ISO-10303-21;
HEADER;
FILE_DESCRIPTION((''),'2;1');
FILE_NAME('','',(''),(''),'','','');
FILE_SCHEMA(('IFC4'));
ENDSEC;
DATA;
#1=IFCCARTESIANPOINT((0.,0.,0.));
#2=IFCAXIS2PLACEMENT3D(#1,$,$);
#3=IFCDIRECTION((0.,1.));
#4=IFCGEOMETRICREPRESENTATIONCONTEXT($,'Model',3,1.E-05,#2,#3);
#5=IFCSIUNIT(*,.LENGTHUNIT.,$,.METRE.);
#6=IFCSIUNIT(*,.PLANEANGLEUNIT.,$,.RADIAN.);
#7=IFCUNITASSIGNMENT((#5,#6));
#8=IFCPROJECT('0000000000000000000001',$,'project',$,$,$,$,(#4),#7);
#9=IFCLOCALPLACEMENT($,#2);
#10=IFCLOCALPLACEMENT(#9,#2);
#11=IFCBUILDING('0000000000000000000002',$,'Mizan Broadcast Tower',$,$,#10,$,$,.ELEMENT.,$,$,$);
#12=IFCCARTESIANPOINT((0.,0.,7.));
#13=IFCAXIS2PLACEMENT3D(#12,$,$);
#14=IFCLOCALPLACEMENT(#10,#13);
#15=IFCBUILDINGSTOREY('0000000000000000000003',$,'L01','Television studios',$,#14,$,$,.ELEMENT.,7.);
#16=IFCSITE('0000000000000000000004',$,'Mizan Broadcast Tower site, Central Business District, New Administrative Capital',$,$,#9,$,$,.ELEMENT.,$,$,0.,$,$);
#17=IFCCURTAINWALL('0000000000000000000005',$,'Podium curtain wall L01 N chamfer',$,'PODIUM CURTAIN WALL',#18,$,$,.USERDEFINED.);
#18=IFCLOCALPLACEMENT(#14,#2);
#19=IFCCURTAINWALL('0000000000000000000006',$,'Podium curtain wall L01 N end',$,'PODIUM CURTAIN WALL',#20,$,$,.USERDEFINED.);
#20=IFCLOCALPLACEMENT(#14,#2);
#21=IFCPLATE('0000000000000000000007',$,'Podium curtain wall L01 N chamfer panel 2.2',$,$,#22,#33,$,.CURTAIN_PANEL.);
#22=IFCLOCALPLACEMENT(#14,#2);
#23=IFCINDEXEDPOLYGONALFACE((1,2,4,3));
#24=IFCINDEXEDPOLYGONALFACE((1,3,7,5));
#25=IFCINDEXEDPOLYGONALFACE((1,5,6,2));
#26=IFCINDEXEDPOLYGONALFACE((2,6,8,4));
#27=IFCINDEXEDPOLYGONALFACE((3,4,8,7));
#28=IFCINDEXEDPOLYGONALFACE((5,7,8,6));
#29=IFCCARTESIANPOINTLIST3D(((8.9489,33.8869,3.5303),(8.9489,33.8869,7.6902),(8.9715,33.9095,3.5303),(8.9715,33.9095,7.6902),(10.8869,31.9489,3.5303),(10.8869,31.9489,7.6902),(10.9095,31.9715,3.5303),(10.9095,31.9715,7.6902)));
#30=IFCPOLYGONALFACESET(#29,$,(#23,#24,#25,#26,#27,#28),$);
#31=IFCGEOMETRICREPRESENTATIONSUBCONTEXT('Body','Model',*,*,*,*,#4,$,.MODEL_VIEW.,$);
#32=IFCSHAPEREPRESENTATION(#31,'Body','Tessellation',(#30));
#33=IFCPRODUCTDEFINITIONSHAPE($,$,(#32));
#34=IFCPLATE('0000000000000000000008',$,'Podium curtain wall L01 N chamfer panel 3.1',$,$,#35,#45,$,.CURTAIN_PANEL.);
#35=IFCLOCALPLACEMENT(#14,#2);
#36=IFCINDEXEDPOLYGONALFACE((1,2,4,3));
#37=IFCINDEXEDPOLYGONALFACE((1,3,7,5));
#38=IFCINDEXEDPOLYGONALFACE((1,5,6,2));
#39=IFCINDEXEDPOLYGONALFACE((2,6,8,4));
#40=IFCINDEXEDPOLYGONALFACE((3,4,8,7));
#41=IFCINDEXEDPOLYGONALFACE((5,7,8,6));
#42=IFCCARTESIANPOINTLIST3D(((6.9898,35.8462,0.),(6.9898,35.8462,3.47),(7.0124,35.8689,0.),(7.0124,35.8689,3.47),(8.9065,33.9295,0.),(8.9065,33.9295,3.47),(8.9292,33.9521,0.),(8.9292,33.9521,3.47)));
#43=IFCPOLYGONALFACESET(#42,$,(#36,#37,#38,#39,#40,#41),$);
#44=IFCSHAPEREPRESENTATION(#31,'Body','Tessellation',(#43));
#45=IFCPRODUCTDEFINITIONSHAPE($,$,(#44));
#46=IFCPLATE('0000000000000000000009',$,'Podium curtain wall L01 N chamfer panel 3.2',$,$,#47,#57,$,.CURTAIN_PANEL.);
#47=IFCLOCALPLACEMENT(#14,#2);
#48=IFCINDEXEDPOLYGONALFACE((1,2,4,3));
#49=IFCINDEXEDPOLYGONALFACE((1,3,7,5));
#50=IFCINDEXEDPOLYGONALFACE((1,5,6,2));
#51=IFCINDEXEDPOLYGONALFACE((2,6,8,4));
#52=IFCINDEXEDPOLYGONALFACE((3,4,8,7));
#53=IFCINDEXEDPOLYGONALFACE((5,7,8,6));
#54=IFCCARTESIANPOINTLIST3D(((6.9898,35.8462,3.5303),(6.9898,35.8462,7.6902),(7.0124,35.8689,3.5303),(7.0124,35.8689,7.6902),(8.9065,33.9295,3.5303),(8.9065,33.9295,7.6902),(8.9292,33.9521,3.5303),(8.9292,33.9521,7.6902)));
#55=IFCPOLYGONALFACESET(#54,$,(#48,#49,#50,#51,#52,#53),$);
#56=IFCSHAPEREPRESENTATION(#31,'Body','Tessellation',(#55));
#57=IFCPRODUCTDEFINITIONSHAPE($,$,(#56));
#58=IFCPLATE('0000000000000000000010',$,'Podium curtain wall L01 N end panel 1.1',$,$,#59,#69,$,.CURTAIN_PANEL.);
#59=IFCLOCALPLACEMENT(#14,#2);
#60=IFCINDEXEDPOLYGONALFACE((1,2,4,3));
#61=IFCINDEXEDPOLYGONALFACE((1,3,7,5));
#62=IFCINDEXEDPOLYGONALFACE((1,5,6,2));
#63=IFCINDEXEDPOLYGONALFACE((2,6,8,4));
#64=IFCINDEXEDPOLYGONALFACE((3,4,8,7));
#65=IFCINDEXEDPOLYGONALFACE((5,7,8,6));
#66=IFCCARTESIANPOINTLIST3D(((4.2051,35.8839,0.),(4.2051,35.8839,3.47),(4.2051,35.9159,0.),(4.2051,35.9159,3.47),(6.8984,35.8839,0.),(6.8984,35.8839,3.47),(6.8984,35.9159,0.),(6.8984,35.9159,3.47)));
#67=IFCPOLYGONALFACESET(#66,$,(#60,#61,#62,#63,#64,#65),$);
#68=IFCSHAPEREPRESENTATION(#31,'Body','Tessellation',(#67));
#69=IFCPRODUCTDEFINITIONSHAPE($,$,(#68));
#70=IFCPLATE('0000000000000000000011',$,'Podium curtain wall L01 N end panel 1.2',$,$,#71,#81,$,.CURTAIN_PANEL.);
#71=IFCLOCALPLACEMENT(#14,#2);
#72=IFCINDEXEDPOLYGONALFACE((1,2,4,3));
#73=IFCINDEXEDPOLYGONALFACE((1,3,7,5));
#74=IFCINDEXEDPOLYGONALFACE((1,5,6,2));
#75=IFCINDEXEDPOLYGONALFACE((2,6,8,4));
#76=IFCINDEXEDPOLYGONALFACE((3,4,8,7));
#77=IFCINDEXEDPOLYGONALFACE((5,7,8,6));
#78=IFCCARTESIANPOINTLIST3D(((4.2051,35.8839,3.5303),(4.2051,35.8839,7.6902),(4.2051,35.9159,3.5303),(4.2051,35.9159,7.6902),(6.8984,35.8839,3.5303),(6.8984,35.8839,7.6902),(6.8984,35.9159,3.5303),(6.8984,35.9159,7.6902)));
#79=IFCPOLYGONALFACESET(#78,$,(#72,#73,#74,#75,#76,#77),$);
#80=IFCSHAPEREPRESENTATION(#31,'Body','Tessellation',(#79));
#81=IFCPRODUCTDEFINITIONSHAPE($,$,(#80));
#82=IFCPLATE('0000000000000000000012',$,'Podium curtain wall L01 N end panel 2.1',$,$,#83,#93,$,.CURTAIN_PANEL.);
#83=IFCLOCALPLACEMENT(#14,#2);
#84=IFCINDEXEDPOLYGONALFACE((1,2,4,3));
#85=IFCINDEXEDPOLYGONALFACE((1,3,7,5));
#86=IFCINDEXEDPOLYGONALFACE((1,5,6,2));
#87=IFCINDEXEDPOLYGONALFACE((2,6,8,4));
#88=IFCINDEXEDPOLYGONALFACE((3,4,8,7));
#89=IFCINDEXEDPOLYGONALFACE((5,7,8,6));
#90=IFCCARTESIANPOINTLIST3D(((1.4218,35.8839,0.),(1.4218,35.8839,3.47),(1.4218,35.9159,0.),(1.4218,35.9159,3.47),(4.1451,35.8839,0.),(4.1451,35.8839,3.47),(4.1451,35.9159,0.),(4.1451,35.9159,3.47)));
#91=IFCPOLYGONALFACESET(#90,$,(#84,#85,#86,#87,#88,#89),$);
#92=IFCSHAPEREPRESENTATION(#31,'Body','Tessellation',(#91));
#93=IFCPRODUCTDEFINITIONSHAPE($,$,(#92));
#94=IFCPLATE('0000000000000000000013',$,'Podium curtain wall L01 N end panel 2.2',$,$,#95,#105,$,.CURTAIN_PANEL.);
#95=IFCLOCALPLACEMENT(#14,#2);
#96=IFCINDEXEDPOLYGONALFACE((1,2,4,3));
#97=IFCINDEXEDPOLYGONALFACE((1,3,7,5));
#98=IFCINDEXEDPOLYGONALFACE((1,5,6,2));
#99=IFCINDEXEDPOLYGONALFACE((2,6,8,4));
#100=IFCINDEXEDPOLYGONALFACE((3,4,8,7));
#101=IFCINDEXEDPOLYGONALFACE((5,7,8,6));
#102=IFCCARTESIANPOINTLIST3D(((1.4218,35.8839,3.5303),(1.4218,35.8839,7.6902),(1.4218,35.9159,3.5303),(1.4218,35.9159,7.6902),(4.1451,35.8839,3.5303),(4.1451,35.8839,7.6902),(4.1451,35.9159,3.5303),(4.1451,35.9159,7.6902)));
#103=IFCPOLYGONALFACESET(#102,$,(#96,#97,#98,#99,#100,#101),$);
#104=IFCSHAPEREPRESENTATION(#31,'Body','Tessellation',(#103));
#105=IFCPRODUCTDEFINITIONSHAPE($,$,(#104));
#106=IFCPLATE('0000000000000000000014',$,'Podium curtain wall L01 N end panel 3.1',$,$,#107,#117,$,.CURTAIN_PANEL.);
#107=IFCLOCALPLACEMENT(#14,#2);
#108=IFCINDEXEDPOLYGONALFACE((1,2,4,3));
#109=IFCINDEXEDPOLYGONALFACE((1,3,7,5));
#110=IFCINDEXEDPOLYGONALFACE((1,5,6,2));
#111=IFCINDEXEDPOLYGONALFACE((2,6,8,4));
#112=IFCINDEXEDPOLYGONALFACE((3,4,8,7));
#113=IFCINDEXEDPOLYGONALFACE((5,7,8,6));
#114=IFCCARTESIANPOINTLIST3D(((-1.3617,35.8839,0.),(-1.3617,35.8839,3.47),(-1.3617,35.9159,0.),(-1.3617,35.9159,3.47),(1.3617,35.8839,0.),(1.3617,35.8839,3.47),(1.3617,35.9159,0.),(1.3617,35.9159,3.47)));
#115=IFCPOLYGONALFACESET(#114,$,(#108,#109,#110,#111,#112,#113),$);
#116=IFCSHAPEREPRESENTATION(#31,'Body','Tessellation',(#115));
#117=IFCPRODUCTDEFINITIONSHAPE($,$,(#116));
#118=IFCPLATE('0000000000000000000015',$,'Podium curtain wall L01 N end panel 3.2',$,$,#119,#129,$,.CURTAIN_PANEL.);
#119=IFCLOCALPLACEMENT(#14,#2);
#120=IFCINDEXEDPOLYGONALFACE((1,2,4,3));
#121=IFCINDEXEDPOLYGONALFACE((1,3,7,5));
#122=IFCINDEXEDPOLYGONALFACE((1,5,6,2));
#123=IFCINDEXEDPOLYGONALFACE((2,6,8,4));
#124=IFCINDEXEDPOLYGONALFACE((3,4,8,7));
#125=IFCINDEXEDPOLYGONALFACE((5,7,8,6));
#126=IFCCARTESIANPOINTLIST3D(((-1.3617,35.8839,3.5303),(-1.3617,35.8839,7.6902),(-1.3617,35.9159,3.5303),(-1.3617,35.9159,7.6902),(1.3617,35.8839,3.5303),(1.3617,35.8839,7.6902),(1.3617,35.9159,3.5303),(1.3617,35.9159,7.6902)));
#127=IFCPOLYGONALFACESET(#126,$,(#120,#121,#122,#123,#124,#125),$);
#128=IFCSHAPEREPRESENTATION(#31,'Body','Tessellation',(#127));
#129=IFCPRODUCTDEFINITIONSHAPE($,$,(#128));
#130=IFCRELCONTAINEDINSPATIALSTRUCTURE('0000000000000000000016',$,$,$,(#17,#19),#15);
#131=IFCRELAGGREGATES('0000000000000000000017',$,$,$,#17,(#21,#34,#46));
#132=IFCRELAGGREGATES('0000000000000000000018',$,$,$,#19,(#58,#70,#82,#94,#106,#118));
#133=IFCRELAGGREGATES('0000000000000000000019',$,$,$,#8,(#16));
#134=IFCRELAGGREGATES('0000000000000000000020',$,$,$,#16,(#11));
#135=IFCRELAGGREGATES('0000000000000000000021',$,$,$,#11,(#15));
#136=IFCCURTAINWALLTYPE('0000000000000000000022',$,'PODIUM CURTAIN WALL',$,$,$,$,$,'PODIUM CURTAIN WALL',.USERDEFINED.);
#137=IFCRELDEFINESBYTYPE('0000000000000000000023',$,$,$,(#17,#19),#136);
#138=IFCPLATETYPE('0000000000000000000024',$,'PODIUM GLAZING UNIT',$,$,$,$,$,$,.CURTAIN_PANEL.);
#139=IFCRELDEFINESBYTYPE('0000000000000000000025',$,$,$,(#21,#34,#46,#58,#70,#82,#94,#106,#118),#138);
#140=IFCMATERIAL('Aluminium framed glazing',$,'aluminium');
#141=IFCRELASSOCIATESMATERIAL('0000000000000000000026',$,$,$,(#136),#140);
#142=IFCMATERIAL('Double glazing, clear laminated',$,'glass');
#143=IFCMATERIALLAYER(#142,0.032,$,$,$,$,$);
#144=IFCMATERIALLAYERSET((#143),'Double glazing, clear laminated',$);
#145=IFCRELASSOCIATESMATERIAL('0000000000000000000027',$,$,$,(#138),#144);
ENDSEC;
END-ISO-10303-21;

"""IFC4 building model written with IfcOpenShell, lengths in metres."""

from ifc_helpers import new_model, si_unit, direction, frame, origin, origin_2d, place, context, subcontext, project, spatial, rectangle, extrude, material, layer, layer_set, type_object, element, aggregate, save


model = new_model("IFC4")

# Units and contexts
model_context = context("Model", 3, precision=1e-05, world=origin(), true_north=direction((0.0, 1.0)))
body_context = subcontext(model_context, "Body", "Model", "MODEL_VIEW")
ifc_project = project(units=[si_unit("LENGTHUNIT", "METRE"), si_unit("PLANEANGLEUNIT", "RADIAN")], contexts=[model_context])

# Site, building, storey
site_placement = place(None, origin())
site = spatial("IfcSite", under=ifc_project, at=site_placement, Name="Mizan Broadcast Tower site, Central Business District, New Administrative Capital", CompositionType="ELEMENT", RefElevation=0.0)
building_placement = place(site_placement, origin())
building = spatial("IfcBuilding", under=site, at=building_placement, Name="Mizan Broadcast Tower", CompositionType="ELEMENT")
storey_placement = place(building_placement, frame((0.0, 0.0, 7.0)))
storey = spatial("IfcBuildingStorey", under=building, at=storey_placement, Name="L01", Description="Television studios", CompositionType="ELEMENT", Elevation=7.0)

# Curtain walls
ifc_material_1 = material(Name="Aluminium framed glazing", Category="aluminium")
curtain_wall_type_1 = type_object("IfcCurtainWallType", Name="PODIUM CURTAIN WALL", ElementType="PODIUM CURTAIN WALL", PredefinedType="USERDEFINED", material=ifc_material_1)
curtain_wall_1_placement = place(storey_placement, origin())
curtain_wall_1 = element("IfcCurtainWall", 1, at=curtain_wall_1_placement, inside=storey, type_object=curtain_wall_type_1, Name="Podium curtain wall L01 N chamfer", ObjectType="PODIUM CURTAIN WALL", PredefinedType="USERDEFINED")
curtain_wall_2_placement = place(storey_placement, origin())
curtain_wall_2 = element("IfcCurtainWall", 2, at=curtain_wall_2_placement, inside=storey, type_object=curtain_wall_type_1, Name="Podium curtain wall L01 N end", ObjectType="PODIUM CURTAIN WALL", PredefinedType="USERDEFINED")

# Plates
ifc_material_2 = material(Name="Double glazing, clear laminated", Category="glass")
ifc_layer_1 = layer(ifc_material_2, 0.032)
ifc_layer_set_1 = layer_set([ifc_layer_1], Name="Double glazing, clear laminated")
plate_type_1 = type_object("IfcPlateType", Name="PODIUM GLAZING UNIT", PredefinedType="CURTAIN_PANEL", material=ifc_layer_set_1)
plate_1_placement = place(storey_placement, frame((9.9292, 32.9292, 3.5303), z_axis=(0.0, 0.0, 1.0), x_axis=(-0.707107, 0.707107, 0.0)))
plate_1 = element("IfcPlate", 3, at=plate_1_placement, type_object=plate_type_1, Name="Podium curtain wall L01 N chamfer panel 2.2", PredefinedType="CURTAIN_PANEL", context=body_context, shape_type="SweptSolid", body=[
    extrude(rectangle(XDim=2.7407, YDim=0.032, at=origin_2d()), origin(), (0.0, 0.0, 1.0), 4.1599),
])
plate_2_placement = place(storey_placement, frame((7.9595, 34.8992, 0.0), z_axis=(0.0, 0.0, 1.0), x_axis=(-0.707107, 0.707107, 0.0)))
plate_2 = element("IfcPlate", 4, at=plate_2_placement, type_object=plate_type_1, Name="Podium curtain wall L01 N chamfer panel 3.1", PredefinedType="CURTAIN_PANEL", context=body_context, shape_type="SweptSolid", body=[
    extrude(rectangle(XDim=2.7107, YDim=0.032, at=origin_2d()), origin(), (0.0, 0.0, 1.0), 3.47),
])
plate_3_placement = place(storey_placement, frame((7.9595, 34.8992, 3.5303), z_axis=(0.0, 0.0, 1.0), x_axis=(-0.707107, 0.707107, 0.0)))
plate_3 = element("IfcPlate", 5, at=plate_3_placement, type_object=plate_type_1, Name="Podium curtain wall L01 N chamfer panel 3.2", PredefinedType="CURTAIN_PANEL", context=body_context, shape_type="SweptSolid", body=[
    extrude(rectangle(XDim=2.7107, YDim=0.032, at=origin_2d()), origin(), (0.0, 0.0, 1.0), 4.1599),
])
aggregate(curtain_wall_1, [plate_1, plate_2, plate_3])
plate_4_placement = place(storey_placement, frame((5.5518, 35.8999, 0.0), z_axis=(0.0, 0.0, 1.0), x_axis=(-1.0, 0.0, 0.0)))
plate_4 = element("IfcPlate", 6, at=plate_4_placement, type_object=plate_type_1, Name="Podium curtain wall L01 N end panel 1.1", PredefinedType="CURTAIN_PANEL", context=body_context, shape_type="SweptSolid", body=[
    extrude(rectangle(XDim=2.6934, YDim=0.032, at=origin_2d()), origin(), (0.0, 0.0, 1.0), 3.47),
])
plate_5_placement = place(storey_placement, frame((5.5518, 35.8999, 3.5303), z_axis=(0.0, 0.0, 1.0), x_axis=(-1.0, 0.0, 0.0)))
plate_5 = element("IfcPlate", 7, at=plate_5_placement, type_object=plate_type_1, Name="Podium curtain wall L01 N end panel 1.2", PredefinedType="CURTAIN_PANEL", context=body_context, shape_type="SweptSolid", body=[
    extrude(rectangle(XDim=2.6934, YDim=0.032, at=origin_2d()), origin(), (0.0, 0.0, 1.0), 4.1599),
])
plate_6_placement = place(storey_placement, frame((2.7834, 35.8999, 0.0), z_axis=(0.0, 0.0, 1.0), x_axis=(-1.0, 0.0, 0.0)))
plate_6 = element("IfcPlate", 8, at=plate_6_placement, type_object=plate_type_1, Name="Podium curtain wall L01 N end panel 2.1", PredefinedType="CURTAIN_PANEL", context=body_context, shape_type="SweptSolid", body=[
    extrude(rectangle(XDim=2.7234, YDim=0.032, at=origin_2d()), origin(), (0.0, 0.0, 1.0), 3.47),
])
plate_7_placement = place(storey_placement, frame((2.7834, 35.8999, 3.5303), z_axis=(0.0, 0.0, 1.0), x_axis=(-1.0, 0.0, 0.0)))
plate_7 = element("IfcPlate", 9, at=plate_7_placement, type_object=plate_type_1, Name="Podium curtain wall L01 N end panel 2.2", PredefinedType="CURTAIN_PANEL", context=body_context, shape_type="SweptSolid", body=[
    extrude(rectangle(XDim=2.7234, YDim=0.032, at=origin_2d()), origin(), (0.0, 0.0, 1.0), 4.1599),
])
plate_8_placement = place(storey_placement, frame((0.0, 35.8999, 0.0), z_axis=(0.0, 0.0, 1.0), x_axis=(-1.0, 0.0, 0.0)))
plate_8 = element("IfcPlate", 10, at=plate_8_placement, type_object=plate_type_1, Name="Podium curtain wall L01 N end panel 3.1", PredefinedType="CURTAIN_PANEL", context=body_context, shape_type="SweptSolid", body=[
    extrude(rectangle(XDim=2.7234, YDim=0.032, at=origin_2d()), origin(), (0.0, 0.0, 1.0), 3.47),
])
plate_9_placement = place(storey_placement, frame((0.0, 35.8999, 3.5303), z_axis=(0.0, 0.0, 1.0), x_axis=(-1.0, 0.0, 0.0)))
plate_9 = element("IfcPlate", 11, at=plate_9_placement, type_object=plate_type_1, Name="Podium curtain wall L01 N end panel 3.2", PredefinedType="CURTAIN_PANEL", context=body_context, shape_type="SweptSolid", body=[
    extrude(rectangle(XDim=2.7234, YDim=0.032, at=origin_2d()), origin(), (0.0, 0.0, 1.0), 4.1599),
])
aggregate(curtain_wall_2, [plate_4, plate_5, plate_6, plate_7, plate_8, plate_9])

save(model, "model.ifc")
